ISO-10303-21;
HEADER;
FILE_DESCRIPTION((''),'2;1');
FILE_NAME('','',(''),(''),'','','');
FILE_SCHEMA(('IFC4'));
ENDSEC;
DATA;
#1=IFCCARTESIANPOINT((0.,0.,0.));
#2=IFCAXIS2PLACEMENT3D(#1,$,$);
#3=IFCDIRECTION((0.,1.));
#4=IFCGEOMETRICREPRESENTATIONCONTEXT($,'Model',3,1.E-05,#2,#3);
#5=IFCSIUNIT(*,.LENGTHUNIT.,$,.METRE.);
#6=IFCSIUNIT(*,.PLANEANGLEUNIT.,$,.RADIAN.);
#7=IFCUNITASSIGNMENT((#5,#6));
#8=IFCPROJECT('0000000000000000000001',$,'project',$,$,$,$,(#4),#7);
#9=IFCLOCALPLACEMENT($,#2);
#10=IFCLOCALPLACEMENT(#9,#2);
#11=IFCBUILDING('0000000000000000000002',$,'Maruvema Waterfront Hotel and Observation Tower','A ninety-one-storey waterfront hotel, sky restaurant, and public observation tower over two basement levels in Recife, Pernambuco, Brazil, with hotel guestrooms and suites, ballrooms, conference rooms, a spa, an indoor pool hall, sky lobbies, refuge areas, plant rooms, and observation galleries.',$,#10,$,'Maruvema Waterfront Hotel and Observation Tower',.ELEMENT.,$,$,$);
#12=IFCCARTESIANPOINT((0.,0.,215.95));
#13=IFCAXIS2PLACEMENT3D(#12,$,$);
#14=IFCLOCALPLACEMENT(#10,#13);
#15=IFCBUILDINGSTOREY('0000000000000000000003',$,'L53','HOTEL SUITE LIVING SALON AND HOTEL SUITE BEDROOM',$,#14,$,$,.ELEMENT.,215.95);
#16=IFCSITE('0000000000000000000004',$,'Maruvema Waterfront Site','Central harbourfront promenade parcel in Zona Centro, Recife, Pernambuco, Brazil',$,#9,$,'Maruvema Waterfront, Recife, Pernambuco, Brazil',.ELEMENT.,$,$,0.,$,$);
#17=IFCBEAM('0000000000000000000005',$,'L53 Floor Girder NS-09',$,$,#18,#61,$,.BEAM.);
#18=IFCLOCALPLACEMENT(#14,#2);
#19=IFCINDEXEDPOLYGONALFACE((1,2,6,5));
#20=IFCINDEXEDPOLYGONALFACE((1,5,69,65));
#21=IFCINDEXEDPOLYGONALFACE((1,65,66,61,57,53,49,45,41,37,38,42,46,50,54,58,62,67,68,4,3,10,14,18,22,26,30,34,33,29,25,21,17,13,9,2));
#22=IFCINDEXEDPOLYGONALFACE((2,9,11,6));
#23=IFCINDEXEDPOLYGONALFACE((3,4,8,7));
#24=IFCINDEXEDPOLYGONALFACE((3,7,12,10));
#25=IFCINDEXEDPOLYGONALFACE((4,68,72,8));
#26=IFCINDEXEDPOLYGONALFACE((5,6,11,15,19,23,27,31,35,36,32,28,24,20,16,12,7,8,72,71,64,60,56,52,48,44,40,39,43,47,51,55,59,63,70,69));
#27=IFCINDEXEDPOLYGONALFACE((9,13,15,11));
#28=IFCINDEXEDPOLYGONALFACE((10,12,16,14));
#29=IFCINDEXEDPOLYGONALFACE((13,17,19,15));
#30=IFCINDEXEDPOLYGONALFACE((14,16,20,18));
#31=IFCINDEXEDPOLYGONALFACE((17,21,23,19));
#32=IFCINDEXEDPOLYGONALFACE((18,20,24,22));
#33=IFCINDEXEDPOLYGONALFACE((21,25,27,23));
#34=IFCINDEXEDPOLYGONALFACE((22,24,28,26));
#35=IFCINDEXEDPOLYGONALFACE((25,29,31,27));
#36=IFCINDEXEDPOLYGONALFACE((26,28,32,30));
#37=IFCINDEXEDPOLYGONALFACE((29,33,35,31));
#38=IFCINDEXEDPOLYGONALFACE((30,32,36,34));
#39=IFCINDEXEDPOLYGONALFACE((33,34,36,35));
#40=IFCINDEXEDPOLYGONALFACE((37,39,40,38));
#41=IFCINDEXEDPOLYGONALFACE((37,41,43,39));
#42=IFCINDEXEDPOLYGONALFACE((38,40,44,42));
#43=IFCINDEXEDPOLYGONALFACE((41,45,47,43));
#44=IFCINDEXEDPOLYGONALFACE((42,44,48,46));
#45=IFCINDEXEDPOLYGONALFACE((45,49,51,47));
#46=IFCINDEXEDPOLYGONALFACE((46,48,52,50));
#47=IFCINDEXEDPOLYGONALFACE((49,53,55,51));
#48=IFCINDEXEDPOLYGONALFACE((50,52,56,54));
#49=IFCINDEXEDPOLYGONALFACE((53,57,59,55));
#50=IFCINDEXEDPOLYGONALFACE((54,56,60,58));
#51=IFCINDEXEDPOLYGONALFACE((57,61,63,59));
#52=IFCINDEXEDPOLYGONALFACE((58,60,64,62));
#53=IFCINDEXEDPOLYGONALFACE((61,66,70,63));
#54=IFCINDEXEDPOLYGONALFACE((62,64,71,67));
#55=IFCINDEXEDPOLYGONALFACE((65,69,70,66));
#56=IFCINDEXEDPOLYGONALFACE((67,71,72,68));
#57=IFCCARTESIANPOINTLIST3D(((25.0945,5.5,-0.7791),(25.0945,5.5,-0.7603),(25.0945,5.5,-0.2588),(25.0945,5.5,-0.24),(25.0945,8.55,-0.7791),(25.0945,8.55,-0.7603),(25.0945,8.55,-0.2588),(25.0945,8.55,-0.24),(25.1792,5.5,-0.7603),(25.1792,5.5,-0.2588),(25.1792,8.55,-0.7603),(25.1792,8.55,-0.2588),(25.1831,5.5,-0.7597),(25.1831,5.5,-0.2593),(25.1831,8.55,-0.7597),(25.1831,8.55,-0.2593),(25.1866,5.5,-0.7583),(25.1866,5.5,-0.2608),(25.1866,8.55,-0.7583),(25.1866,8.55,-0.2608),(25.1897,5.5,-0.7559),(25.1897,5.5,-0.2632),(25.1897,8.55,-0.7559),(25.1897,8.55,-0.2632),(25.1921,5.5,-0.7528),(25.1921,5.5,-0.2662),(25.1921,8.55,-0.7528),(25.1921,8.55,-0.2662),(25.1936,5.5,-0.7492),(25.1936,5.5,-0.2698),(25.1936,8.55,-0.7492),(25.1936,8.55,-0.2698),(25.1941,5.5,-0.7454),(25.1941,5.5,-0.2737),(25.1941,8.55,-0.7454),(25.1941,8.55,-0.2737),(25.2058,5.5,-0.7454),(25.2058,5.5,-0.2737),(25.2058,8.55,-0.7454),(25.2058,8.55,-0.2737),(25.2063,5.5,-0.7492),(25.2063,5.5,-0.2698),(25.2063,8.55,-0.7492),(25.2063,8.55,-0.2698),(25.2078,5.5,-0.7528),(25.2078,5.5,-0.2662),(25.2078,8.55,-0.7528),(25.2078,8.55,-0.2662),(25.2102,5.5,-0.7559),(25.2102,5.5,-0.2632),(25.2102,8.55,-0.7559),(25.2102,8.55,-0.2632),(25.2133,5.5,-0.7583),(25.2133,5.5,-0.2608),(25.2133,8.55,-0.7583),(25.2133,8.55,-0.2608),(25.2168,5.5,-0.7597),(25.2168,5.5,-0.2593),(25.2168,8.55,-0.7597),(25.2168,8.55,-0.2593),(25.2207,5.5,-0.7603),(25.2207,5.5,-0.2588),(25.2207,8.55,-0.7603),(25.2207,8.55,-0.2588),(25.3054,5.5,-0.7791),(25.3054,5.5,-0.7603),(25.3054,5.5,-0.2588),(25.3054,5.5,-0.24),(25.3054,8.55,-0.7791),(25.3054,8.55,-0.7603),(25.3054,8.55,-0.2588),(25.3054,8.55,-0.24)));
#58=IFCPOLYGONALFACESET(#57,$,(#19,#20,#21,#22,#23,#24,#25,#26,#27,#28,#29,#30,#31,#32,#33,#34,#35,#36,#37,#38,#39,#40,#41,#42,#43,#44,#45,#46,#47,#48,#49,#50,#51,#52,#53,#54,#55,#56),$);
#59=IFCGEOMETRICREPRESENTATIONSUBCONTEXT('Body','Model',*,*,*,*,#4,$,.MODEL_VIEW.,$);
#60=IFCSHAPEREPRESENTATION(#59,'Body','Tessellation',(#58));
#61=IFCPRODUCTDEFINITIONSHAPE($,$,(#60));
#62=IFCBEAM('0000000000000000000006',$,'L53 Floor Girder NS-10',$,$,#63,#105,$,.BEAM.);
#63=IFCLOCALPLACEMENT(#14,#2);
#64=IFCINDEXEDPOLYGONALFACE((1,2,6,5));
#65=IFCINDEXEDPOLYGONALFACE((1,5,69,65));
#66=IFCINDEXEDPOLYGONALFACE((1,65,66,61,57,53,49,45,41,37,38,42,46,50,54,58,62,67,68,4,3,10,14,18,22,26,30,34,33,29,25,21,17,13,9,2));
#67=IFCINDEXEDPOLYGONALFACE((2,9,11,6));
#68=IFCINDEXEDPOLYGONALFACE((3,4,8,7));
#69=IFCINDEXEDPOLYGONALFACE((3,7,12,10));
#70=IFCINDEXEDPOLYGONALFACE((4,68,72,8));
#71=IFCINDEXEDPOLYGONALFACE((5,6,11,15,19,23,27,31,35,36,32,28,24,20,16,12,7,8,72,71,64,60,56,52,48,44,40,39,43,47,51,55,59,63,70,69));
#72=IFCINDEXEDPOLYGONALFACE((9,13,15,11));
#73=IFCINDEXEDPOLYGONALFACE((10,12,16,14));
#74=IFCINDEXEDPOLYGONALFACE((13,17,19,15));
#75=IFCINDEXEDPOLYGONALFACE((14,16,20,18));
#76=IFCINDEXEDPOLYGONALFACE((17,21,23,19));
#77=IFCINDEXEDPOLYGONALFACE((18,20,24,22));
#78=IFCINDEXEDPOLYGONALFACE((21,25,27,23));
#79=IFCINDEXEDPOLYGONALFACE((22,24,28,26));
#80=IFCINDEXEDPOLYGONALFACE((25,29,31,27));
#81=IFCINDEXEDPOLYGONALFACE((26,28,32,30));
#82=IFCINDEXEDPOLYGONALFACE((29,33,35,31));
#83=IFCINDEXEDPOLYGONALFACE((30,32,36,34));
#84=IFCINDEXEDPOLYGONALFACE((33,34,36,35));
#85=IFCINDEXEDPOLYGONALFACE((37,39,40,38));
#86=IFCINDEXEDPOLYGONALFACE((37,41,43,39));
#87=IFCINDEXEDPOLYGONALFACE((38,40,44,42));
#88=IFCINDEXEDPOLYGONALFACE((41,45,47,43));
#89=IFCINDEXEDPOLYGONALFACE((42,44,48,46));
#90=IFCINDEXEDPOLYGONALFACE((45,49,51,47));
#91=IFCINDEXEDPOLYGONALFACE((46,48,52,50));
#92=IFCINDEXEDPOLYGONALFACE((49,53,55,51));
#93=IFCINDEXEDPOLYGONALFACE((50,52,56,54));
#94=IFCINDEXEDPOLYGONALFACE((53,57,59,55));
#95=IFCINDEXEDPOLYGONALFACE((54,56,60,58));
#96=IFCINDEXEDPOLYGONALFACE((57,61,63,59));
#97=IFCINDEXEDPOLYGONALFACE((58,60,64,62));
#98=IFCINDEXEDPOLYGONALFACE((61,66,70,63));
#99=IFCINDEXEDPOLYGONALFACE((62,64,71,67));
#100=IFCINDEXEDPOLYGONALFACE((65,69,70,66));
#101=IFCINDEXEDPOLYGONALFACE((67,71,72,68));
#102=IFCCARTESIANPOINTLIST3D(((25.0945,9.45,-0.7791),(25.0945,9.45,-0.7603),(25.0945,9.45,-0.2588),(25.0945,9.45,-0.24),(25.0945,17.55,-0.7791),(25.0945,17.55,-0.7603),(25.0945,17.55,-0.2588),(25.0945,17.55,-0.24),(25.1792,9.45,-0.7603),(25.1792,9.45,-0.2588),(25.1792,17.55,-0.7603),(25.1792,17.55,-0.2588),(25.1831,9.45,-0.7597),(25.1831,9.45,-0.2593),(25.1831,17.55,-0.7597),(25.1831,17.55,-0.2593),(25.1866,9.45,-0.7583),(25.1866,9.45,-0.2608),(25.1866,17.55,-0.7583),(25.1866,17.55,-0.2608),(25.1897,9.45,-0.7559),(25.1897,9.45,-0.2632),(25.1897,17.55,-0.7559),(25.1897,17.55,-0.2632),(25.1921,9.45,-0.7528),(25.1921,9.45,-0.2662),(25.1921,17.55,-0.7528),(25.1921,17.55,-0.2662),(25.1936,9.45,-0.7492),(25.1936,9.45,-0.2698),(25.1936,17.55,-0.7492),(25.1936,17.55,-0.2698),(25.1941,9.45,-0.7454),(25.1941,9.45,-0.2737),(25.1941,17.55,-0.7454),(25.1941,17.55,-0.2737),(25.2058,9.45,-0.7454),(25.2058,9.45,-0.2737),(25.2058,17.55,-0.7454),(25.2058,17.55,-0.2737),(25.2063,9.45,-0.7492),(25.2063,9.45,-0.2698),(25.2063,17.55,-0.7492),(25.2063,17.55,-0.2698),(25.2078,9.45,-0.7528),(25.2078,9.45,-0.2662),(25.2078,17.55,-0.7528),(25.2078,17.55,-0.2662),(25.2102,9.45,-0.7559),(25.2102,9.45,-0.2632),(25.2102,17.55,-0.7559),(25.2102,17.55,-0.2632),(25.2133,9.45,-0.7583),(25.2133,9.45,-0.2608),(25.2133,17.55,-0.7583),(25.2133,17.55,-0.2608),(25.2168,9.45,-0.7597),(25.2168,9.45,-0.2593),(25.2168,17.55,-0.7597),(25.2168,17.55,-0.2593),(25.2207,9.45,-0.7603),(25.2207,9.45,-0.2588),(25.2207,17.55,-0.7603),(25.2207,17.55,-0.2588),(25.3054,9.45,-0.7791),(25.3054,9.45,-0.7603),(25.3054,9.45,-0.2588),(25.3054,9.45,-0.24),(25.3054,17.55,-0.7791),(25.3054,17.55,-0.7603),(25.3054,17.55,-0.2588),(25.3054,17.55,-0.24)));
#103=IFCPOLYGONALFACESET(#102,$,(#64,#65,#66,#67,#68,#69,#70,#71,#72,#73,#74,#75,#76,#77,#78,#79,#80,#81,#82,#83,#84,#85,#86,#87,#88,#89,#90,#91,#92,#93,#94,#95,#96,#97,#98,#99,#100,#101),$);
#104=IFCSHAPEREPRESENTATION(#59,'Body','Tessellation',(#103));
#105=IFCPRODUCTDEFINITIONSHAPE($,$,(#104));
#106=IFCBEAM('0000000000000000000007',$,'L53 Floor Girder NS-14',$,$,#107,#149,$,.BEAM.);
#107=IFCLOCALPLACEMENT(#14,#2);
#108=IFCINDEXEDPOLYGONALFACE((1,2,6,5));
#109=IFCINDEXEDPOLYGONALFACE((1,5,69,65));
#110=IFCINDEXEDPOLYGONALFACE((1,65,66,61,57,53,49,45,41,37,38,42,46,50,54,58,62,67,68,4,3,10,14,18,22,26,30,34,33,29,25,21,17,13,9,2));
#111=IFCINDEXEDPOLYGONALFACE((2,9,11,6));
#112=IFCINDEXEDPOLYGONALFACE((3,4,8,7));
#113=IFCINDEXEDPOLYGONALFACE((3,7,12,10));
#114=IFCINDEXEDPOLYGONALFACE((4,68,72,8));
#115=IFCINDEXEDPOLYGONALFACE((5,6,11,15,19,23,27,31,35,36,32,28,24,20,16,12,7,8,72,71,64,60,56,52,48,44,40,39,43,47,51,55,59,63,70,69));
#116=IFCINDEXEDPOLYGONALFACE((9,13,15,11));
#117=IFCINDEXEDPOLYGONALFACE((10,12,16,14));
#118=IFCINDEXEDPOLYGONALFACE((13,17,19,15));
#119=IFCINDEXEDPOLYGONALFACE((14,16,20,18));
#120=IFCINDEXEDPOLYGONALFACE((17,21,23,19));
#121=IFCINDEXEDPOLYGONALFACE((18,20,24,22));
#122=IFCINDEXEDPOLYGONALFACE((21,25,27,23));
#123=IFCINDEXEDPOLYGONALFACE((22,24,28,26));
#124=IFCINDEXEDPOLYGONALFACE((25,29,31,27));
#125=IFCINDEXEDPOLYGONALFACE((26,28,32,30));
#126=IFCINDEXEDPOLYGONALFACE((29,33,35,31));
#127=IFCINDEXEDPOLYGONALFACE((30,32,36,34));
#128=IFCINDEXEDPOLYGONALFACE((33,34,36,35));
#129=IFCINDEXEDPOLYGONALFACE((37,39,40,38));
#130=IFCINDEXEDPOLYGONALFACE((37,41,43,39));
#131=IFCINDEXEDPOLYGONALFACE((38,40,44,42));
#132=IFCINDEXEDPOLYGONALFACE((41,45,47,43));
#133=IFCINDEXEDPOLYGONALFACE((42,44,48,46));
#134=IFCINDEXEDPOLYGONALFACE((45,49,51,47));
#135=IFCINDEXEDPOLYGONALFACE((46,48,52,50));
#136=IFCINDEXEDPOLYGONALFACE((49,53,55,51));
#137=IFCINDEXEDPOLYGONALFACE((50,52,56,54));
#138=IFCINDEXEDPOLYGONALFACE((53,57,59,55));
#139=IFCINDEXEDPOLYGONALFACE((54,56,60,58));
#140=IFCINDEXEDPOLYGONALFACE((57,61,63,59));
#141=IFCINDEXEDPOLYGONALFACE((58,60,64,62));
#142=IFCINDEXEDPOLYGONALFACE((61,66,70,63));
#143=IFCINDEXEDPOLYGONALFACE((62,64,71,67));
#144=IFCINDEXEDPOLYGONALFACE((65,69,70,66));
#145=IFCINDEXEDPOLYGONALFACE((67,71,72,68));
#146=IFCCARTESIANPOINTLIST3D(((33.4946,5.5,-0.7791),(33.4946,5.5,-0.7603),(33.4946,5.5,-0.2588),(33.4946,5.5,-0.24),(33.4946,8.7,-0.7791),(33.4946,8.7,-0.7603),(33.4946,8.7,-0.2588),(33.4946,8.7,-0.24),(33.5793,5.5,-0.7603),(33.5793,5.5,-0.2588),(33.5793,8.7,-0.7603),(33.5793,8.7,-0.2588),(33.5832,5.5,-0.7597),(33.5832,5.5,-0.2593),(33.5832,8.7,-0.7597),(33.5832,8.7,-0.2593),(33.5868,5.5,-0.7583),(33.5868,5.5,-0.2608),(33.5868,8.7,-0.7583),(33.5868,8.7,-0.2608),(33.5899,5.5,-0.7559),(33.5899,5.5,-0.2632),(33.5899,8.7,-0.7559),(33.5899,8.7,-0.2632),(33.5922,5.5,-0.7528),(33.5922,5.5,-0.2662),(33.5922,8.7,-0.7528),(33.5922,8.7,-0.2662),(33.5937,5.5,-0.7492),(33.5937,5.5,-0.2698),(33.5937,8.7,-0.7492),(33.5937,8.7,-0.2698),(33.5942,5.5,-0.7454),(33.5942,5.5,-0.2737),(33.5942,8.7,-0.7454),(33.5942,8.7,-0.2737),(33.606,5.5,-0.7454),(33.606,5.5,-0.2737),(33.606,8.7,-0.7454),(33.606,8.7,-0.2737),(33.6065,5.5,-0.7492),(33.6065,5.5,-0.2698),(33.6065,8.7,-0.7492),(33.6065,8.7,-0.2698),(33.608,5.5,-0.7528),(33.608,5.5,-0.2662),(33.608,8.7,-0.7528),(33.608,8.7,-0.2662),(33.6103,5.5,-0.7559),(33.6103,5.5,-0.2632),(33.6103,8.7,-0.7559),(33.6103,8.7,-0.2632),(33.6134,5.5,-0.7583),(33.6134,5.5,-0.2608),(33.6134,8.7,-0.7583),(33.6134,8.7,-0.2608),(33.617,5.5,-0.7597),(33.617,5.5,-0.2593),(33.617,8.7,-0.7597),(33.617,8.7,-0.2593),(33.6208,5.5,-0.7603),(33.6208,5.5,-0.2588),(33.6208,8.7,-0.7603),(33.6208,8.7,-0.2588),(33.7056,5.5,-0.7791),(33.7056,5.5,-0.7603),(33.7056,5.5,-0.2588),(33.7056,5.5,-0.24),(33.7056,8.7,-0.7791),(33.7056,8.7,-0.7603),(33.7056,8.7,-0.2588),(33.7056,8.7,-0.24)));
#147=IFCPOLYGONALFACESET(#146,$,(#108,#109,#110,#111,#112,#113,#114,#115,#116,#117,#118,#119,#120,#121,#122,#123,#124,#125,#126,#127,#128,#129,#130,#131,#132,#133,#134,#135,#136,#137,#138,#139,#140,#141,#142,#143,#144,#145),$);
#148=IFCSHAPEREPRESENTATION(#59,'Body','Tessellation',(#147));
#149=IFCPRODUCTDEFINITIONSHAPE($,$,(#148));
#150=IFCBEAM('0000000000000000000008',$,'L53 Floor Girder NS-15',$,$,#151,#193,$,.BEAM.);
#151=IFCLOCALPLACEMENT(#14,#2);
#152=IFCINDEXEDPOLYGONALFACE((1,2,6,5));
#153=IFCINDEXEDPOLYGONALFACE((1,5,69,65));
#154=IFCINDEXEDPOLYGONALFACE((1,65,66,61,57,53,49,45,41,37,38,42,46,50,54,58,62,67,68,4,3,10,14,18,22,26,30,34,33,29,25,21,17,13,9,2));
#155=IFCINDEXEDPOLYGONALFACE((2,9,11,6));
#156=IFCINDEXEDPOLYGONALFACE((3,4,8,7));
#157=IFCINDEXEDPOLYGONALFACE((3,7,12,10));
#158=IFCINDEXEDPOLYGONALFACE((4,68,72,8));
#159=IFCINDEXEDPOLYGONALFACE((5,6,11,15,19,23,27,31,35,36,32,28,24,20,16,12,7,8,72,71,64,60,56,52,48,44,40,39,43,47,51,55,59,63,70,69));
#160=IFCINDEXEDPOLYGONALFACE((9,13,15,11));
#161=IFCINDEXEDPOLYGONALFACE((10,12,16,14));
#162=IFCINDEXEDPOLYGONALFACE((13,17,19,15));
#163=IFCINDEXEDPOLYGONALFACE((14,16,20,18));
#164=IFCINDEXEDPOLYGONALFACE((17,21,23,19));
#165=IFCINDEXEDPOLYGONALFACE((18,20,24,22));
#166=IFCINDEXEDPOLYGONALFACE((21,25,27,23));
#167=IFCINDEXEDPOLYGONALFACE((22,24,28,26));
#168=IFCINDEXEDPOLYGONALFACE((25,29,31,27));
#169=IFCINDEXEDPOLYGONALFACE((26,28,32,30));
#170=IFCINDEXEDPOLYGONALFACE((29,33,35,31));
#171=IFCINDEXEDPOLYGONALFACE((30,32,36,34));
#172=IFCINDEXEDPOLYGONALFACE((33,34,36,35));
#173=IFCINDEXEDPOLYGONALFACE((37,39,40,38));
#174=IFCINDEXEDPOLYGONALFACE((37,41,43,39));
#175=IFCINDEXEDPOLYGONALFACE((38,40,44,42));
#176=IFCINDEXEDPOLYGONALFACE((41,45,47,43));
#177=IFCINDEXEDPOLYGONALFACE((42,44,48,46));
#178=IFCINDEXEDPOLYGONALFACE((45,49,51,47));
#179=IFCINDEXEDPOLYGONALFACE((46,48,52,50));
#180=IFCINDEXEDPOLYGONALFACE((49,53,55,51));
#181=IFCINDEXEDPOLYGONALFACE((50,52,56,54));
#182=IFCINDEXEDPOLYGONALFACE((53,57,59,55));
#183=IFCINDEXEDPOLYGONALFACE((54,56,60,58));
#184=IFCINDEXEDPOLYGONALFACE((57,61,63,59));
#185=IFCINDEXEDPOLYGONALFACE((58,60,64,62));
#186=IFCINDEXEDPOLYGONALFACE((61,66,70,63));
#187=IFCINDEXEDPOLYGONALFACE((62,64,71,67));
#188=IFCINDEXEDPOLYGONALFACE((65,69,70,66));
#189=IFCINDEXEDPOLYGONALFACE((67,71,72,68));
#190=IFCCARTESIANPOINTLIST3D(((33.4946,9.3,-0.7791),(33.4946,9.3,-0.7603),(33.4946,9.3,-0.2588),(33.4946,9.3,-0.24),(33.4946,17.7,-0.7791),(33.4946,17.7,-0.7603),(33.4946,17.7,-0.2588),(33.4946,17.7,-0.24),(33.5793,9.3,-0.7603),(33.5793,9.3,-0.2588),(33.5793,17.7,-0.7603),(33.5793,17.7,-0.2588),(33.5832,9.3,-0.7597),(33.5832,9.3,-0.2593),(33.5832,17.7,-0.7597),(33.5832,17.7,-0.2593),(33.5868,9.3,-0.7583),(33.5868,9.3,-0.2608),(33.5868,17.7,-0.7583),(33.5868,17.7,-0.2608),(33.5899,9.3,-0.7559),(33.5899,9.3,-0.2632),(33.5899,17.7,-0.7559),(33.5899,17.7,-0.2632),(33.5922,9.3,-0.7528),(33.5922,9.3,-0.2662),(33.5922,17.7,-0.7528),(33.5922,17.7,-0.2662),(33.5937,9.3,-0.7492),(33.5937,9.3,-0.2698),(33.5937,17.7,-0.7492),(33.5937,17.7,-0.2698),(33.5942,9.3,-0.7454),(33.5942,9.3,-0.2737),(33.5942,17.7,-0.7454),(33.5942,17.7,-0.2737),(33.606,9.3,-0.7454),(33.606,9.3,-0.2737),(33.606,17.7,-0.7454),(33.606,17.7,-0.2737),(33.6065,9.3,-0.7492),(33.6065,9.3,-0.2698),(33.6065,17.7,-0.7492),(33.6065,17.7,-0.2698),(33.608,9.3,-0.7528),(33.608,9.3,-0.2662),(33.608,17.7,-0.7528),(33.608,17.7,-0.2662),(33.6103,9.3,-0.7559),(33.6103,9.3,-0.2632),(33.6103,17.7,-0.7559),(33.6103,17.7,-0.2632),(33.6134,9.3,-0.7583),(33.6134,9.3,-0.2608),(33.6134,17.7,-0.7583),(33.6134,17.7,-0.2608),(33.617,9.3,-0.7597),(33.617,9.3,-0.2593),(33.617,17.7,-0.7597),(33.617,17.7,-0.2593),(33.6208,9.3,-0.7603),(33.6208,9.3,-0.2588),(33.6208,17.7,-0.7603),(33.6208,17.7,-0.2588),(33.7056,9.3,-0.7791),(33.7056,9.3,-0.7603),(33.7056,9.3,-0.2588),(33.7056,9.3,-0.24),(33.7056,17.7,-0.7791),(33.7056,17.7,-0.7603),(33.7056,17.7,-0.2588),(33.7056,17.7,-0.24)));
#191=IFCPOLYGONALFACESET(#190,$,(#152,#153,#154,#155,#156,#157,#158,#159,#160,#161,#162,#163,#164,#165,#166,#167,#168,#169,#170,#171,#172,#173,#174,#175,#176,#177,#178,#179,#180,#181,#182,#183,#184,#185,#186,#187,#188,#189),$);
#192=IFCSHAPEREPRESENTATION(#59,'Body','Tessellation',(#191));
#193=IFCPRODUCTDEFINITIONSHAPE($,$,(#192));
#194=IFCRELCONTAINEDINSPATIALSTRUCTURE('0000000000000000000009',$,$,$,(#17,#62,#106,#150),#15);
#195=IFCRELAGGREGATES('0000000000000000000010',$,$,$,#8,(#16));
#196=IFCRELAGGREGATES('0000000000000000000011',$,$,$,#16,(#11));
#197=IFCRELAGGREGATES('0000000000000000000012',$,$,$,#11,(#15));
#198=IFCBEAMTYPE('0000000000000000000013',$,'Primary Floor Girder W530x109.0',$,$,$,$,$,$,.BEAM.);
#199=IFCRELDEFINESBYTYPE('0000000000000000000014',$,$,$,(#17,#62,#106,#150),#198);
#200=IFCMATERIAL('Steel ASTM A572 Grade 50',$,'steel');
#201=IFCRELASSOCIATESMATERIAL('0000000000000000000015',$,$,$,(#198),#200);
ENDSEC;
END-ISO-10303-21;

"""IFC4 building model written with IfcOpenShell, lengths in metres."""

from ifc_helpers import new_model, si_unit, direction, frame, origin, origin_2d, place, context, subcontext, project, spatial, i_section, extrude, material, material_profile, profile_set, type_object, element, save


model = new_model("IFC4")

# Units and contexts
model_context = context("Model", 3, precision=1e-05, world=origin(), true_north=direction((0.0, 1.0)))
body_context = subcontext(model_context, "Body", "Model", "MODEL_VIEW")
ifc_project = project(units=[si_unit("LENGTHUNIT", "METRE"), si_unit("PLANEANGLEUNIT", "RADIAN")], contexts=[model_context])

# Site, building, storey
site_placement = place(None, origin())
site = spatial("IfcSite", under=ifc_project, at=site_placement, Name="Maruvema Waterfront Site", Description="Central harbourfront promenade parcel in Zona Centro, Recife, Pernambuco, Brazil", LongName="Maruvema Waterfront, Recife, Pernambuco, Brazil", CompositionType="ELEMENT", RefElevation=0.0)
building_placement = place(site_placement, origin())
building = spatial("IfcBuilding", under=site, at=building_placement, Name="Maruvema Waterfront Hotel and Observation Tower", Description="A ninety-one-storey waterfront hotel, sky restaurant, and public observation tower over two basement levels in Recife, Pernambuco, Brazil, with hotel guestrooms and suites, ballrooms, conference rooms, a spa, an indoor pool hall, sky lobbies, refuge areas, plant rooms, and observation galleries.", LongName="Maruvema Waterfront Hotel and Observation Tower", CompositionType="ELEMENT")
storey_placement = place(building_placement, frame((0.0, 0.0, 215.95)))
storey = spatial("IfcBuildingStorey", under=building, at=storey_placement, Name="L53", Description="HOTEL SUITE LIVING SALON AND HOTEL SUITE BEDROOM", CompositionType="ELEMENT", Elevation=215.95)

# Beams
ifc_material_1 = material(Name="Steel ASTM A572 Grade 50", Category="steel")
ifc_material_profile_1 = material_profile(ifc_material_1, i_section(OverallWidth=0.2109, OverallDepth=0.5391, WebThickness=0.0117, FlangeThickness=0.0188, FilletRadius=0.0149, at=origin_2d()), Name="W530x109.0")
ifc_profile_set_1 = profile_set([ifc_material_profile_1], Name="Steel ASTM A572 Grade 50")
beam_type_1 = type_object("IfcBeamType", Name="Primary Floor Girder W530x109.0", PredefinedType="BEAM", material=ifc_profile_set_1)
beam_1_placement = place(storey_placement, frame((25.2, 5.5, -0.5095), z_axis=(0.0, 1.0, 0.0), x_axis=(-1.0, 0.0, 0.0)))
element("IfcBeam", 1, at=beam_1_placement, inside=storey, type_object=beam_type_1, Name="L53 Floor Girder NS-09", PredefinedType="BEAM", context=body_context, shape_type="SweptSolid", body=[
    extrude(i_section(OverallWidth=0.2109, OverallDepth=0.5391, WebThickness=0.0117, FlangeThickness=0.0188, FilletRadius=0.0149, at=origin_2d()), origin(), (0.0, 0.0, 1.0), 3.05),
])
beam_2_placement = place(storey_placement, frame((25.2, 9.45, -0.5095), z_axis=(0.0, 1.0, 0.0), x_axis=(-1.0, 0.0, 0.0)))
element("IfcBeam", 2, at=beam_2_placement, inside=storey, type_object=beam_type_1, Name="L53 Floor Girder NS-10", PredefinedType="BEAM", context=body_context, shape_type="SweptSolid", body=[
    extrude(i_section(OverallWidth=0.2109, OverallDepth=0.5391, WebThickness=0.0117, FlangeThickness=0.0188, FilletRadius=0.0149, at=origin_2d()), origin(), (0.0, 0.0, 1.0), 8.1001),
])
beam_3_placement = place(storey_placement, frame((33.6001, 5.5, -0.5095), z_axis=(0.0, 1.0, 0.0), x_axis=(-1.0, 0.0, 0.0)))
element("IfcBeam", 3, at=beam_3_placement, inside=storey, type_object=beam_type_1, Name="L53 Floor Girder NS-14", PredefinedType="BEAM", context=body_context, shape_type="SweptSolid", body=[
    extrude(i_section(OverallWidth=0.2109, OverallDepth=0.5391, WebThickness=0.0117, FlangeThickness=0.0188, FilletRadius=0.0149, at=origin_2d()), origin(), (0.0, 0.0, 1.0), 3.2),
])
beam_4_placement = place(storey_placement, frame((33.6001, 9.3, -0.5095), z_axis=(0.0, 1.0, 0.0), x_axis=(-1.0, 0.0, 0.0)))
element("IfcBeam", 4, at=beam_4_placement, inside=storey, type_object=beam_type_1, Name="L53 Floor Girder NS-15", PredefinedType="BEAM", context=body_context, shape_type="SweptSolid", body=[
    extrude(i_section(OverallWidth=0.2109, OverallDepth=0.5391, WebThickness=0.0117, FlangeThickness=0.0188, FilletRadius=0.0149, at=origin_2d()), origin(), (0.0, 0.0, 1.0), 8.3999),
])

save(model, "model.ifc")
